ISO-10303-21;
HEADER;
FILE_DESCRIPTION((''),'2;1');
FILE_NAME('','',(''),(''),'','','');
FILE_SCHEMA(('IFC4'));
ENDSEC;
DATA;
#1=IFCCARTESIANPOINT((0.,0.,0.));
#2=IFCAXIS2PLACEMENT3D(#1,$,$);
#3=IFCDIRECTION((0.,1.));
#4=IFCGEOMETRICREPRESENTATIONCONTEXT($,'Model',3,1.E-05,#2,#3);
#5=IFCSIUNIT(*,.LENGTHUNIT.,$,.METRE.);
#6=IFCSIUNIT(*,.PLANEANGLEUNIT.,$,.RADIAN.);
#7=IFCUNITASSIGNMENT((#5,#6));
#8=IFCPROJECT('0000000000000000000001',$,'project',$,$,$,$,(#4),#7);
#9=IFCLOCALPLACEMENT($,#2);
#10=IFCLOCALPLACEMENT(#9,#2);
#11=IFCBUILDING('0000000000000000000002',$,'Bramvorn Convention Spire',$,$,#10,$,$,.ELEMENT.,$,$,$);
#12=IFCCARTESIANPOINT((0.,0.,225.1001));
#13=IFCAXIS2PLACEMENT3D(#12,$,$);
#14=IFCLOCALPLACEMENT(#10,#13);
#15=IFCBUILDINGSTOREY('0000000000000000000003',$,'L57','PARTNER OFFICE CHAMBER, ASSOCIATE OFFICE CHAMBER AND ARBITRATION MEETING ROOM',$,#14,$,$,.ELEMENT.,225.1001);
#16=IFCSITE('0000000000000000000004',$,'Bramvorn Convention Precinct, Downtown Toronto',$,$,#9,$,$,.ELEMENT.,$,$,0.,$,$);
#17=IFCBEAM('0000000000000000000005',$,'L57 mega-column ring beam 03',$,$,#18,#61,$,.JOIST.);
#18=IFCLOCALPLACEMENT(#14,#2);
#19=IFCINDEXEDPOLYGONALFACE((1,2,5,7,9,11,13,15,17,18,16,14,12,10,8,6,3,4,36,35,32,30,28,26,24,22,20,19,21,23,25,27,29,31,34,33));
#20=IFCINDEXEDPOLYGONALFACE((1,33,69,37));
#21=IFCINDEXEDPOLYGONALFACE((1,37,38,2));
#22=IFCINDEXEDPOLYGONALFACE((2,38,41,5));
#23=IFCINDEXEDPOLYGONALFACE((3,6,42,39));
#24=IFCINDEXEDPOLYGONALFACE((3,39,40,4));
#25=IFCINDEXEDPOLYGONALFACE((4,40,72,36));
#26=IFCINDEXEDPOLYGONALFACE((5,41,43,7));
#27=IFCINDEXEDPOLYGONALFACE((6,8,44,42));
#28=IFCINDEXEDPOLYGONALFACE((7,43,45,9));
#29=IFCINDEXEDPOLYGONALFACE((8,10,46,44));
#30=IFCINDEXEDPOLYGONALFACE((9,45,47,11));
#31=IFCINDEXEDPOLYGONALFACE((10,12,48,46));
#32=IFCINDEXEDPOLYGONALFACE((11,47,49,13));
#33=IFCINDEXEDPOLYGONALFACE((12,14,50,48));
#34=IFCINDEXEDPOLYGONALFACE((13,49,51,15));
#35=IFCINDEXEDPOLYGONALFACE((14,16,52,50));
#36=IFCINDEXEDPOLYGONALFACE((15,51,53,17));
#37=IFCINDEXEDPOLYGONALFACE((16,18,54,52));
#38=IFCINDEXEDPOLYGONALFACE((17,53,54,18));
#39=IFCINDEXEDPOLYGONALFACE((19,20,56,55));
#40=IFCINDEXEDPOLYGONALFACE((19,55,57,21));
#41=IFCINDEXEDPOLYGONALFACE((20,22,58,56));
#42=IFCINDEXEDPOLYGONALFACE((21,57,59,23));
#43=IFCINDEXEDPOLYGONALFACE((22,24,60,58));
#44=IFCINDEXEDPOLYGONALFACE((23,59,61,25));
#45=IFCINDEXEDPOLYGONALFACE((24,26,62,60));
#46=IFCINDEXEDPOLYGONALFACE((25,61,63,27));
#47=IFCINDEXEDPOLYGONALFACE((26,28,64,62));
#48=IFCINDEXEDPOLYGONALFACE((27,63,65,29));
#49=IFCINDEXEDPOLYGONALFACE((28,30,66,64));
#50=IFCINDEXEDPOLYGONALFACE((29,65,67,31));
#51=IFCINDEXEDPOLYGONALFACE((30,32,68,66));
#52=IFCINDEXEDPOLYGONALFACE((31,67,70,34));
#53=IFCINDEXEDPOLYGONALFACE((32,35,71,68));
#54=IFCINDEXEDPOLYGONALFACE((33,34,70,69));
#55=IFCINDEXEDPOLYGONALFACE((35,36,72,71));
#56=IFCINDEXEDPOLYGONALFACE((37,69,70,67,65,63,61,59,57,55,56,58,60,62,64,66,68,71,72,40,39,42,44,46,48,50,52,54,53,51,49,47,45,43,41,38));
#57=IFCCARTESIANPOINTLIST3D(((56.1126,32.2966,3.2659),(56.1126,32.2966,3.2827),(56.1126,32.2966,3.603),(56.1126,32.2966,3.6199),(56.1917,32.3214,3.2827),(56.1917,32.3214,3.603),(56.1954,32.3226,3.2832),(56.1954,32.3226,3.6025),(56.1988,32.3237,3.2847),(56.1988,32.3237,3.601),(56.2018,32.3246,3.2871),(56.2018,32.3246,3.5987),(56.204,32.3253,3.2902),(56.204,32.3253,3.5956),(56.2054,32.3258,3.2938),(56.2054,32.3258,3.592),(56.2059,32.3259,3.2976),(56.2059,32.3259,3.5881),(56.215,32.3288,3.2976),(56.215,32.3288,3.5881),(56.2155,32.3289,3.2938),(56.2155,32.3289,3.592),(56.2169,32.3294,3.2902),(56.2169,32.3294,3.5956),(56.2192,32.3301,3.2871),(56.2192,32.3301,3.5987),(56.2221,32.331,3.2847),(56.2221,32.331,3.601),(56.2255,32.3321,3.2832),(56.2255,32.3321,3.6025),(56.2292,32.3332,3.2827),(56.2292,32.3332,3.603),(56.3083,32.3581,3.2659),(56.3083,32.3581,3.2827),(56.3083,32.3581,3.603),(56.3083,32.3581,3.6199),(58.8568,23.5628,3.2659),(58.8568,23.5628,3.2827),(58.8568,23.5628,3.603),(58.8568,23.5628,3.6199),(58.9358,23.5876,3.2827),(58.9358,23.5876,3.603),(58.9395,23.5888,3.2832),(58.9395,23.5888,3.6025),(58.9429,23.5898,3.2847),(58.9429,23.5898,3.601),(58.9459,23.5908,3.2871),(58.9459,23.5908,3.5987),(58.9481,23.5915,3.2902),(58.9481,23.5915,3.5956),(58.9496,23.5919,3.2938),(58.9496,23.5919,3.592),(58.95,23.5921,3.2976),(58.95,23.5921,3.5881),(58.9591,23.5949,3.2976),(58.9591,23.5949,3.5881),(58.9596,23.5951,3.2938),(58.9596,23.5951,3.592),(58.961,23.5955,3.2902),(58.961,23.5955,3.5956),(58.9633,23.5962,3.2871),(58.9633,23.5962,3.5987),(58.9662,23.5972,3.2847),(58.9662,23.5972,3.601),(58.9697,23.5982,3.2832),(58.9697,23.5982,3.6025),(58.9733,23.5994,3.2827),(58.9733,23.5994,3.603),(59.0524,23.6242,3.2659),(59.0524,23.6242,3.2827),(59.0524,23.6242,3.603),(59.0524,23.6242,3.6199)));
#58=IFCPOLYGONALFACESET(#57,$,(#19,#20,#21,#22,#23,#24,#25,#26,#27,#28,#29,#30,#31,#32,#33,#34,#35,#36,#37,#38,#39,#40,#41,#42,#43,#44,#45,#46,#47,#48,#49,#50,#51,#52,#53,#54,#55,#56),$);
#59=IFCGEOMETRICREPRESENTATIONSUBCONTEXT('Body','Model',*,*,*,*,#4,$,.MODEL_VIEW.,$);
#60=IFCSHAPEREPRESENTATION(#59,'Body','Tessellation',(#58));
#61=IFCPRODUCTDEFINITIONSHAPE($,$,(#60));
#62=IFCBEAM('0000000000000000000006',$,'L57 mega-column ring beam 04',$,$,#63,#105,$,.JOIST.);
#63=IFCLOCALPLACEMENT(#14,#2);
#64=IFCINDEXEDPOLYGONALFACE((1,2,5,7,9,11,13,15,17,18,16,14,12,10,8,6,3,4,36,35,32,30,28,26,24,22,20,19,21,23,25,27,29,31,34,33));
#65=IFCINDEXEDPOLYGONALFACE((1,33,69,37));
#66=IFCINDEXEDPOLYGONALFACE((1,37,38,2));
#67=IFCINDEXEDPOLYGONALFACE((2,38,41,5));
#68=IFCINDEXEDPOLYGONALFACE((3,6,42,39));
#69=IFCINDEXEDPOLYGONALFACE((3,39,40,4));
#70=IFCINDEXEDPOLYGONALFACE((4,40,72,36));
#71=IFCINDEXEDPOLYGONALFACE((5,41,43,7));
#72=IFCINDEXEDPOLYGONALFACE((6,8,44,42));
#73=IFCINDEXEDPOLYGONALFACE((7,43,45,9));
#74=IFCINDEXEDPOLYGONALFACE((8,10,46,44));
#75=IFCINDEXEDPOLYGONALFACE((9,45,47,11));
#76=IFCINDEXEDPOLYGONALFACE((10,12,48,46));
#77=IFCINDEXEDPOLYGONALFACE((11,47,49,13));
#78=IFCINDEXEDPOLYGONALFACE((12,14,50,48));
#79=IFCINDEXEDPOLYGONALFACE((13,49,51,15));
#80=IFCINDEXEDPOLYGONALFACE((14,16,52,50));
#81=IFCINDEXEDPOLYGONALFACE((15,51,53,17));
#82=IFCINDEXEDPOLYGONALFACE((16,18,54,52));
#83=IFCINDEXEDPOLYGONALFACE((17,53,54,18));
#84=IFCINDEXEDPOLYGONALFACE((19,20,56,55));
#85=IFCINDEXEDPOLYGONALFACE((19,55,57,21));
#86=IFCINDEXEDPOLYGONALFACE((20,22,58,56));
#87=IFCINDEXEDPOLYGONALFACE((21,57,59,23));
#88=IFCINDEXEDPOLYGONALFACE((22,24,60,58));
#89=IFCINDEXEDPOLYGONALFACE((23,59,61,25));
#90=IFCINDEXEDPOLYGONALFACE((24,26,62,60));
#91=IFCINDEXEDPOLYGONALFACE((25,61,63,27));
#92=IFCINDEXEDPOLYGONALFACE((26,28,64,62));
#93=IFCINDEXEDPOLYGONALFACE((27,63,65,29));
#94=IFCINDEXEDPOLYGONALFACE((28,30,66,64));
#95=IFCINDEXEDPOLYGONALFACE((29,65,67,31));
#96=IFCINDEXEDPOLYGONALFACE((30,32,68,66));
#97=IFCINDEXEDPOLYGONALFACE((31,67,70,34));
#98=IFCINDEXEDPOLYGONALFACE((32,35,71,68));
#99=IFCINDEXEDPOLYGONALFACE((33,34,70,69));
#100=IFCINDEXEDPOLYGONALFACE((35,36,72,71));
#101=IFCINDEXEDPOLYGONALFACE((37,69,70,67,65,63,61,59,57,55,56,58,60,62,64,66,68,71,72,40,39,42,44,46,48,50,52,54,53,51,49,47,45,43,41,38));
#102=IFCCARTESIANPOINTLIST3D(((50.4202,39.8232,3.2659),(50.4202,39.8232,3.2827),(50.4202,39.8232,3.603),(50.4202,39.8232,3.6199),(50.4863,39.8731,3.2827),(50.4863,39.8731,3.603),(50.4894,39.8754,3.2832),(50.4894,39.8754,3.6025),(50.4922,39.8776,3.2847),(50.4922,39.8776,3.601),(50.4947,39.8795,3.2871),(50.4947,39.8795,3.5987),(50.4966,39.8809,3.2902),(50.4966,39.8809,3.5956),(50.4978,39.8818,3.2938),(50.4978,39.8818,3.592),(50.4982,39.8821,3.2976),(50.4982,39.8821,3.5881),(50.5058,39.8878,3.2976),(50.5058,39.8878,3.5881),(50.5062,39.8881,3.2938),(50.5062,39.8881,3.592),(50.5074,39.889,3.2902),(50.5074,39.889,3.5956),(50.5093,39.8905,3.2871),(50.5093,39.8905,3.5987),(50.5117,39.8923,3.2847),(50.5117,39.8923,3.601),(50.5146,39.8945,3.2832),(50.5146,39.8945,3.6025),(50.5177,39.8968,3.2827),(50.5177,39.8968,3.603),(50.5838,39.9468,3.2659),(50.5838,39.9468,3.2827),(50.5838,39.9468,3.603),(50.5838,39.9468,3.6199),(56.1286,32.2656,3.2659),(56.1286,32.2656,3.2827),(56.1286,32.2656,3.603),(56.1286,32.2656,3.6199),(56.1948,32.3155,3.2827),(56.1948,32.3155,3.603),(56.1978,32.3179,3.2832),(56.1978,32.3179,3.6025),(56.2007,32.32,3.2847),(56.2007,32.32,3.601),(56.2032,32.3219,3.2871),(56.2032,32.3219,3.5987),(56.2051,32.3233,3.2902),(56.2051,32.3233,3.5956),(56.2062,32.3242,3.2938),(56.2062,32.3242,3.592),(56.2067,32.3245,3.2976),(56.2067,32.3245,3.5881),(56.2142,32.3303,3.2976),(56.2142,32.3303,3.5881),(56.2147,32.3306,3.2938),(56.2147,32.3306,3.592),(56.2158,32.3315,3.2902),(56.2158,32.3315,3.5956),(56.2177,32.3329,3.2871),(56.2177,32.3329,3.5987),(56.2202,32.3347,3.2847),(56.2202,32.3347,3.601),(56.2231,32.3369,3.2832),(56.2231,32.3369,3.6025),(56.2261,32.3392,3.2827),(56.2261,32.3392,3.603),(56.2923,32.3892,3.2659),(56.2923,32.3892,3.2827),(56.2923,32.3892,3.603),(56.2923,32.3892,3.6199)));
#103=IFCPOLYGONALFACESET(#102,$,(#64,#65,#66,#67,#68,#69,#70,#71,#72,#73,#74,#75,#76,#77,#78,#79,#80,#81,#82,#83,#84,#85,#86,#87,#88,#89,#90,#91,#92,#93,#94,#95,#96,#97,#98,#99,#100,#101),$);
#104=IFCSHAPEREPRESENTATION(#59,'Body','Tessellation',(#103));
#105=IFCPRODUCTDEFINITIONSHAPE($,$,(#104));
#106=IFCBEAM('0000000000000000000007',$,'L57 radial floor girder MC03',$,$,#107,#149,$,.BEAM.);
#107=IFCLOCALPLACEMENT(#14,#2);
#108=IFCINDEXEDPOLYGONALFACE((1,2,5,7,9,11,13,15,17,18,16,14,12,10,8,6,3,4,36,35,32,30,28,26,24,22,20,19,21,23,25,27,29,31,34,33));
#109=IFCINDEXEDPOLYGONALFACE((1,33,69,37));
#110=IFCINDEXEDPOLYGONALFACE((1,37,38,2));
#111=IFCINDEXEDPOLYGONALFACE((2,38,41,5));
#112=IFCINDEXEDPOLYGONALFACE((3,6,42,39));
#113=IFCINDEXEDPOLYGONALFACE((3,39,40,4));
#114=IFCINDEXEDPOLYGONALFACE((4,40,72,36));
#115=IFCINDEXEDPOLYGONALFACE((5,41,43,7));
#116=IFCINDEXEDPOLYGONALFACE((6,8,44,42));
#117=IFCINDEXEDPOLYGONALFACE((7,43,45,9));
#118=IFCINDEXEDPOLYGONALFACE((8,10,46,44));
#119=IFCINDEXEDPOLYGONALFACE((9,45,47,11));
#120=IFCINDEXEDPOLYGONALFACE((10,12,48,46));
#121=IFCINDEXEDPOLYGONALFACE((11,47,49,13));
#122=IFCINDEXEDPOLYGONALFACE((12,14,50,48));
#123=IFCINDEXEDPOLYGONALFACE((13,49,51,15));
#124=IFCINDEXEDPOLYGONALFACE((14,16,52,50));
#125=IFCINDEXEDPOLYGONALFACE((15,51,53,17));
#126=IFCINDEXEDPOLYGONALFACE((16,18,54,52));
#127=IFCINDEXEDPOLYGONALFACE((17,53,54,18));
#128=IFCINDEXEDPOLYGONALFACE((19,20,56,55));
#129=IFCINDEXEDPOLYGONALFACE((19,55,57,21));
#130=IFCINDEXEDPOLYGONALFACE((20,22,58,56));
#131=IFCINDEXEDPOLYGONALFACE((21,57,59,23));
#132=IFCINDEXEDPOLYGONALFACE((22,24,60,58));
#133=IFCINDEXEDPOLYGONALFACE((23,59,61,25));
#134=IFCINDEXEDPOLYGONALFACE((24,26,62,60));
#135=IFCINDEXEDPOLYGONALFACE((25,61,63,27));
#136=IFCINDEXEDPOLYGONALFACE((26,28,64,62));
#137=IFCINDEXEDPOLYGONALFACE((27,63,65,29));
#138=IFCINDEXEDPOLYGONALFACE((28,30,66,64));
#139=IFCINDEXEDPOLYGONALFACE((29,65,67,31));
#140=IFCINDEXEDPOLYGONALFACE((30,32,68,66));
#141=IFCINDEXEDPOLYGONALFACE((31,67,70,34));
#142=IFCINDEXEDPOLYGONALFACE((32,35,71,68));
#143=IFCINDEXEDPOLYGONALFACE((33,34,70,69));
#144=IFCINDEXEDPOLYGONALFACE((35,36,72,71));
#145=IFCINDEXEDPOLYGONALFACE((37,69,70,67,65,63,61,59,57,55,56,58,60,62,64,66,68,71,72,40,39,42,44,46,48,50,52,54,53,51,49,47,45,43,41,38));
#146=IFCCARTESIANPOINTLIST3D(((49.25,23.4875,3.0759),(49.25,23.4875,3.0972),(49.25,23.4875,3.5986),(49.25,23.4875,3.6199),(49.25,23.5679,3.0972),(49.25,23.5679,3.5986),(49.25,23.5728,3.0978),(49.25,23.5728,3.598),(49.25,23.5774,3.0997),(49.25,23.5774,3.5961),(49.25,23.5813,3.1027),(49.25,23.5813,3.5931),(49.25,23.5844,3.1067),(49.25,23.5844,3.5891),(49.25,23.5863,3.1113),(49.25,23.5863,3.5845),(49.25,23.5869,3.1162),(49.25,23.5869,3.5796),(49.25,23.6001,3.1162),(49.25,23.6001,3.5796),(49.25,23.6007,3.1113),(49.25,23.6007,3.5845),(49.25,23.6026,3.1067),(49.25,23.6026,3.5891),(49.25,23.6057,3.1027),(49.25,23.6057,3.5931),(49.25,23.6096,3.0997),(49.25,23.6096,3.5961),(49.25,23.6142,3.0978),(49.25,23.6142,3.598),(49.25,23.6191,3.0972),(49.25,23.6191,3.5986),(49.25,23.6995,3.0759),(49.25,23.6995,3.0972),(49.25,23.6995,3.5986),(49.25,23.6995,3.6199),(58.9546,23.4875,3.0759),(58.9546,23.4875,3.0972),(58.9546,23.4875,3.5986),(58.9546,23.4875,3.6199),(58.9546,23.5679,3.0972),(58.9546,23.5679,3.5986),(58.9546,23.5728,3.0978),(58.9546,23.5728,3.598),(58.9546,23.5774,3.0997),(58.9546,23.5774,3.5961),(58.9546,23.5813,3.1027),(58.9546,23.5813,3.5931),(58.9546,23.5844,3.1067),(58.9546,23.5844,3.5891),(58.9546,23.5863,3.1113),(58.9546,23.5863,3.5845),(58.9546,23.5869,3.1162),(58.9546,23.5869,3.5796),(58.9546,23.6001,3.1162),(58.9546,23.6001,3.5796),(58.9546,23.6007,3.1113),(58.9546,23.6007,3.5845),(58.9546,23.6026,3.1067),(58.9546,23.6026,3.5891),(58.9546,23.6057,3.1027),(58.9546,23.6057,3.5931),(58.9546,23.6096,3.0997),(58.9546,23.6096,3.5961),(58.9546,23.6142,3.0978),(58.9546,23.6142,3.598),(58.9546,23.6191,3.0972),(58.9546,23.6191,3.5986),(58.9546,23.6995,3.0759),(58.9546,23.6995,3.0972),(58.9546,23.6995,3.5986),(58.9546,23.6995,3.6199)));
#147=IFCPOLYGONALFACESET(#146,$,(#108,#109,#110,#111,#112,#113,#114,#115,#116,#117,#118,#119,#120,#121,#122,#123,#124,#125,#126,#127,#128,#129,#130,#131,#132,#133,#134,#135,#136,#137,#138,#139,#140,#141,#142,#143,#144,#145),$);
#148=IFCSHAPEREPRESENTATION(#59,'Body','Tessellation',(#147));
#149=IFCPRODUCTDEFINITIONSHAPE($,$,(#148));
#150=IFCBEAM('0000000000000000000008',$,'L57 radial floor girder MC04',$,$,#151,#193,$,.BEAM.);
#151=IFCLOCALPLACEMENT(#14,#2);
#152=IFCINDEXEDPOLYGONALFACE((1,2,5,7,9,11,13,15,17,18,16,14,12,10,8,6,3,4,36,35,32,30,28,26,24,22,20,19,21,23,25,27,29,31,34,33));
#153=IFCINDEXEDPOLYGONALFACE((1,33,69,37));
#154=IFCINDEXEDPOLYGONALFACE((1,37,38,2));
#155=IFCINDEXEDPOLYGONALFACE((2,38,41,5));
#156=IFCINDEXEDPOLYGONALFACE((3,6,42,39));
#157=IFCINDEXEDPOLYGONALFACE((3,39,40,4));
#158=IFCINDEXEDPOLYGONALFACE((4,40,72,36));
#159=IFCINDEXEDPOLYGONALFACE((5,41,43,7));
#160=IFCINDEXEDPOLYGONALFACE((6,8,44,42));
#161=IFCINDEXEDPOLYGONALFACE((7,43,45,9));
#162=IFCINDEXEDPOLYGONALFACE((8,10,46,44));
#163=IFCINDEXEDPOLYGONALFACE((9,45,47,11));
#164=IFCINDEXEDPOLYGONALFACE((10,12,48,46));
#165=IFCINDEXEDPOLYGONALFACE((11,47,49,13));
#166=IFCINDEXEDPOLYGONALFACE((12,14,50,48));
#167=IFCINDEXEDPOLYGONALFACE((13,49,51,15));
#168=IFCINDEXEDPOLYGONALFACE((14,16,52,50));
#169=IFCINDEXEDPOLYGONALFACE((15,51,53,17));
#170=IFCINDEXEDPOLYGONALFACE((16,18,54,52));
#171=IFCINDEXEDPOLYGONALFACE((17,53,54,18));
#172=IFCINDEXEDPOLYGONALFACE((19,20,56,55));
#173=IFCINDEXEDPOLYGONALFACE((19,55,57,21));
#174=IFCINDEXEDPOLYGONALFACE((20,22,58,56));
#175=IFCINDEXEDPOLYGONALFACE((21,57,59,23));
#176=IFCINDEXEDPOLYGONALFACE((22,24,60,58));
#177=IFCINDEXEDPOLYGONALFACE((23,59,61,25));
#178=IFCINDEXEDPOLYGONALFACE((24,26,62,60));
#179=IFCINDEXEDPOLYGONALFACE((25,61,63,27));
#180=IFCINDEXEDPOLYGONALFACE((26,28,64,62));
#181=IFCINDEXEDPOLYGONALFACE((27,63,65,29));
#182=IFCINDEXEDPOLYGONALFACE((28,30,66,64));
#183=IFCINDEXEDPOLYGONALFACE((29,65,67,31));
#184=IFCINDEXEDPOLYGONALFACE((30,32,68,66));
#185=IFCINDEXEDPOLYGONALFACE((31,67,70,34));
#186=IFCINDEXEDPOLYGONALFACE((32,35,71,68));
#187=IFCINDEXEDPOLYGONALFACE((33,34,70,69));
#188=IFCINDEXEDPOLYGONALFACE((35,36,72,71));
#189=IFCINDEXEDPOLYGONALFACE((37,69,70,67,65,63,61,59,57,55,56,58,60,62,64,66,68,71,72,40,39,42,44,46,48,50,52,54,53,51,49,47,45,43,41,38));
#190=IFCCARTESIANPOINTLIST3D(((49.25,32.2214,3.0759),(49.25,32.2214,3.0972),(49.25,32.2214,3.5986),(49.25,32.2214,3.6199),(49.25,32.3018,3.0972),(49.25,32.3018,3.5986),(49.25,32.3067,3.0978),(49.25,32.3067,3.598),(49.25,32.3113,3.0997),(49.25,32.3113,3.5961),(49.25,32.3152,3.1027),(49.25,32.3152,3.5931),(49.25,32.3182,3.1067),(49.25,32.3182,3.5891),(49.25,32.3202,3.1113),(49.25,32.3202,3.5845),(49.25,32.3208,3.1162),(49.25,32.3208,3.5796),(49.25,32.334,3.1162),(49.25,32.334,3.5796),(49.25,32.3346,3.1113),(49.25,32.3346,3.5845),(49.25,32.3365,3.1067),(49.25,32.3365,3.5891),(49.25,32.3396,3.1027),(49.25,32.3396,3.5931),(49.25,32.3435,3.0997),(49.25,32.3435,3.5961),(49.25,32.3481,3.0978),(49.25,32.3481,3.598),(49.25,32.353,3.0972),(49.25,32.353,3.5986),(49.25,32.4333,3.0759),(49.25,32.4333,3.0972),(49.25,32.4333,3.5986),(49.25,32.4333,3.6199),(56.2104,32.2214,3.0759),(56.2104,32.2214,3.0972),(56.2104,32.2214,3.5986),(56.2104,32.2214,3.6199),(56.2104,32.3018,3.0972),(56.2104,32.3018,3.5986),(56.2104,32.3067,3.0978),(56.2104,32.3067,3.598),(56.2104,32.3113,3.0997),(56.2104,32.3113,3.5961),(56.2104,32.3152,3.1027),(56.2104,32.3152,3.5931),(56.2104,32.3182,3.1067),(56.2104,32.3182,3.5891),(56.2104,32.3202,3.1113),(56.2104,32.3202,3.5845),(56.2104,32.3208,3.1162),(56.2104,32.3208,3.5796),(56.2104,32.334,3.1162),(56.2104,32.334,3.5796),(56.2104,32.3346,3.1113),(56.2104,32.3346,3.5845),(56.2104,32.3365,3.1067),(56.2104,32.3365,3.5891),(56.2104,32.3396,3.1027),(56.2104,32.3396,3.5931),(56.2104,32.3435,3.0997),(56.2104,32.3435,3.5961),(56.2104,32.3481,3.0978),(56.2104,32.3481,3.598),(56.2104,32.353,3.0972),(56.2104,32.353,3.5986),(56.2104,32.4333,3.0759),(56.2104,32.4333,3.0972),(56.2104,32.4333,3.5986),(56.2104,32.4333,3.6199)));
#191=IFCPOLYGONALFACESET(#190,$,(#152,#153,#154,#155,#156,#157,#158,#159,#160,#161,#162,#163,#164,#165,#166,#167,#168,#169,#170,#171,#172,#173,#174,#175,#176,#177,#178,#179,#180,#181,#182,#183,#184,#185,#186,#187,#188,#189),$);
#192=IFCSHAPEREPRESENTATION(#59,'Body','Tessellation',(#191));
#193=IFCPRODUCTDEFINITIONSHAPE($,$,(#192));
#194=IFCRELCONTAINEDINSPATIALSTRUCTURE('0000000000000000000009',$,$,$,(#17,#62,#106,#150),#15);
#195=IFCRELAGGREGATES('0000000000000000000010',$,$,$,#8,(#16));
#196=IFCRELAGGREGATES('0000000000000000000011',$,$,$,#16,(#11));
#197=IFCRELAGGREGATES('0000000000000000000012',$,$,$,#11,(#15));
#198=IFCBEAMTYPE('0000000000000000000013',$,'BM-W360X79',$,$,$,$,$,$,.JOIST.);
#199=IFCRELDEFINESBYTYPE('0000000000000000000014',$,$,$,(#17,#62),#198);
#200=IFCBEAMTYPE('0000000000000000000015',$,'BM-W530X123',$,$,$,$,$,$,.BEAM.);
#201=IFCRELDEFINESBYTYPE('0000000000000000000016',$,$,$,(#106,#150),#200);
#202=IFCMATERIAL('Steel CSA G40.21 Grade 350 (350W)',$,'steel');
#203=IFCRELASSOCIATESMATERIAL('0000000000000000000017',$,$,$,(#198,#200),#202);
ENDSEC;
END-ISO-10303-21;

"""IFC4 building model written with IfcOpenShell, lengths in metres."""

from ifc_helpers import new_model, si_unit, direction, frame, origin, origin_2d, place, context, subcontext, project, spatial, i_section, extrude, material, material_profile, profile_set, type_object, element, save


model = new_model("IFC4")

# Units and contexts
model_context = context("Model", 3, precision=1e-05, world=origin(), true_north=direction((0.0, 1.0)))
body_context = subcontext(model_context, "Body", "Model", "MODEL_VIEW")
ifc_project = project(units=[si_unit("LENGTHUNIT", "METRE"), si_unit("PLANEANGLEUNIT", "RADIAN")], contexts=[model_context])

# Site, building, storey
site_placement = place(None, origin())
site = spatial("IfcSite", under=ifc_project, at=site_placement, Name="Bramvorn Convention Precinct, Downtown Toronto", CompositionType="ELEMENT", RefElevation=0.0)
building_placement = place(site_placement, origin())
building = spatial("IfcBuilding", under=site, at=building_placement, Name="Bramvorn Convention Spire", CompositionType="ELEMENT")
storey_placement = place(building_placement, frame((0.0, 0.0, 225.1001)))
storey = spatial("IfcBuildingStorey", under=building, at=storey_placement, Name="L57", Description="PARTNER OFFICE CHAMBER, ASSOCIATE OFFICE CHAMBER AND ARBITRATION MEETING ROOM", CompositionType="ELEMENT", Elevation=225.1001)

# Shared definitions
ifc_material_1 = material(Name="Steel CSA G40.21 Grade 350 (350W)", Category="steel")

# Beams
ifc_material_profile_1 = material_profile(ifc_material_1, i_section(OverallWidth=0.2051, OverallDepth=0.354, WebThickness=0.0095, FlangeThickness=0.0168, FilletRadius=0.0149, at=origin_2d()))
ifc_profile_set_1 = profile_set([ifc_material_profile_1], Name="Steel CSA G40.21 Grade 350 (350W) - W360X79")
beam_type_1 = type_object("IfcBeamType", Name="BM-W360X79", PredefinedType="JOIST", material=ifc_profile_set_1)
beam_1_placement = place(storey_placement, frame((58.9546, 23.5935, 3.4429), z_axis=(-0.299748, 0.954019, 0.0), x_axis=(-0.954019, -0.299748, 0.0)))
element("IfcBeam", 1, at=beam_1_placement, inside=storey, type_object=beam_type_1, Name="L57 mega-column ring beam 03", PredefinedType="JOIST", context=body_context, shape_type="SweptSolid", body=[
    extrude(i_section(OverallWidth=0.2051, OverallDepth=0.354, WebThickness=0.0095, FlangeThickness=0.0168, FilletRadius=0.0149, at=origin_2d()), origin(), (0.0, 0.0, 1.0), 9.1548),
])
beam_2_placement = place(storey_placement, frame((56.2104, 32.3274, 3.4429), z_axis=(-0.602719, 0.797954, 0.0), x_axis=(-0.797954, -0.602719, 0.0)))
element("IfcBeam", 2, at=beam_2_placement, inside=storey, type_object=beam_type_1, Name="L57 mega-column ring beam 04", PredefinedType="JOIST", context=body_context, shape_type="SweptSolid", body=[
    extrude(i_section(OverallWidth=0.2051, OverallDepth=0.354, WebThickness=0.0095, FlangeThickness=0.0168, FilletRadius=0.0149, at=origin_2d()), origin(), (0.0, 0.0, 1.0), 9.4712),
])
ifc_material_profile_2 = material_profile(ifc_material_1, i_section(OverallWidth=0.2119, OverallDepth=0.5439, WebThickness=0.0132, FlangeThickness=0.0212, FilletRadius=0.019, at=origin_2d()))
ifc_profile_set_2 = profile_set([ifc_material_profile_2], Name="Steel CSA G40.21 Grade 350 (350W) - W530X123")
beam_type_2 = type_object("IfcBeamType", Name="BM-W530X123", PredefinedType="BEAM", material=ifc_profile_set_2)
beam_3_placement = place(storey_placement, frame((49.25, 23.5935, 3.3479), z_axis=(1.0, 0.0, 0.0), x_axis=(0.0, 1.0, 0.0)))
element("IfcBeam", 3, at=beam_3_placement, inside=storey, type_object=beam_type_2, Name="L57 radial floor girder MC03", PredefinedType="BEAM", context=body_context, shape_type="SweptSolid", body=[
    extrude(i_section(OverallWidth=0.2119, OverallDepth=0.5439, WebThickness=0.0132, FlangeThickness=0.0212, FilletRadius=0.019, at=origin_2d()), origin(), (0.0, 0.0, 1.0), 9.7046),
])
beam_4_placement = place(storey_placement, frame((49.25, 32.3274, 3.3479), z_axis=(1.0, 0.0, 0.0), x_axis=(0.0, 1.0, 0.0)))
element("IfcBeam", 4, at=beam_4_placement, inside=storey, type_object=beam_type_2, Name="L57 radial floor girder MC04", PredefinedType="BEAM", context=body_context, shape_type="SweptSolid", body=[
    extrude(i_section(OverallWidth=0.2119, OverallDepth=0.5439, WebThickness=0.0132, FlangeThickness=0.0212, FilletRadius=0.019, at=origin_2d()), origin(), (0.0, 0.0, 1.0), 6.9604),
])

save(model, "model.ifc")
